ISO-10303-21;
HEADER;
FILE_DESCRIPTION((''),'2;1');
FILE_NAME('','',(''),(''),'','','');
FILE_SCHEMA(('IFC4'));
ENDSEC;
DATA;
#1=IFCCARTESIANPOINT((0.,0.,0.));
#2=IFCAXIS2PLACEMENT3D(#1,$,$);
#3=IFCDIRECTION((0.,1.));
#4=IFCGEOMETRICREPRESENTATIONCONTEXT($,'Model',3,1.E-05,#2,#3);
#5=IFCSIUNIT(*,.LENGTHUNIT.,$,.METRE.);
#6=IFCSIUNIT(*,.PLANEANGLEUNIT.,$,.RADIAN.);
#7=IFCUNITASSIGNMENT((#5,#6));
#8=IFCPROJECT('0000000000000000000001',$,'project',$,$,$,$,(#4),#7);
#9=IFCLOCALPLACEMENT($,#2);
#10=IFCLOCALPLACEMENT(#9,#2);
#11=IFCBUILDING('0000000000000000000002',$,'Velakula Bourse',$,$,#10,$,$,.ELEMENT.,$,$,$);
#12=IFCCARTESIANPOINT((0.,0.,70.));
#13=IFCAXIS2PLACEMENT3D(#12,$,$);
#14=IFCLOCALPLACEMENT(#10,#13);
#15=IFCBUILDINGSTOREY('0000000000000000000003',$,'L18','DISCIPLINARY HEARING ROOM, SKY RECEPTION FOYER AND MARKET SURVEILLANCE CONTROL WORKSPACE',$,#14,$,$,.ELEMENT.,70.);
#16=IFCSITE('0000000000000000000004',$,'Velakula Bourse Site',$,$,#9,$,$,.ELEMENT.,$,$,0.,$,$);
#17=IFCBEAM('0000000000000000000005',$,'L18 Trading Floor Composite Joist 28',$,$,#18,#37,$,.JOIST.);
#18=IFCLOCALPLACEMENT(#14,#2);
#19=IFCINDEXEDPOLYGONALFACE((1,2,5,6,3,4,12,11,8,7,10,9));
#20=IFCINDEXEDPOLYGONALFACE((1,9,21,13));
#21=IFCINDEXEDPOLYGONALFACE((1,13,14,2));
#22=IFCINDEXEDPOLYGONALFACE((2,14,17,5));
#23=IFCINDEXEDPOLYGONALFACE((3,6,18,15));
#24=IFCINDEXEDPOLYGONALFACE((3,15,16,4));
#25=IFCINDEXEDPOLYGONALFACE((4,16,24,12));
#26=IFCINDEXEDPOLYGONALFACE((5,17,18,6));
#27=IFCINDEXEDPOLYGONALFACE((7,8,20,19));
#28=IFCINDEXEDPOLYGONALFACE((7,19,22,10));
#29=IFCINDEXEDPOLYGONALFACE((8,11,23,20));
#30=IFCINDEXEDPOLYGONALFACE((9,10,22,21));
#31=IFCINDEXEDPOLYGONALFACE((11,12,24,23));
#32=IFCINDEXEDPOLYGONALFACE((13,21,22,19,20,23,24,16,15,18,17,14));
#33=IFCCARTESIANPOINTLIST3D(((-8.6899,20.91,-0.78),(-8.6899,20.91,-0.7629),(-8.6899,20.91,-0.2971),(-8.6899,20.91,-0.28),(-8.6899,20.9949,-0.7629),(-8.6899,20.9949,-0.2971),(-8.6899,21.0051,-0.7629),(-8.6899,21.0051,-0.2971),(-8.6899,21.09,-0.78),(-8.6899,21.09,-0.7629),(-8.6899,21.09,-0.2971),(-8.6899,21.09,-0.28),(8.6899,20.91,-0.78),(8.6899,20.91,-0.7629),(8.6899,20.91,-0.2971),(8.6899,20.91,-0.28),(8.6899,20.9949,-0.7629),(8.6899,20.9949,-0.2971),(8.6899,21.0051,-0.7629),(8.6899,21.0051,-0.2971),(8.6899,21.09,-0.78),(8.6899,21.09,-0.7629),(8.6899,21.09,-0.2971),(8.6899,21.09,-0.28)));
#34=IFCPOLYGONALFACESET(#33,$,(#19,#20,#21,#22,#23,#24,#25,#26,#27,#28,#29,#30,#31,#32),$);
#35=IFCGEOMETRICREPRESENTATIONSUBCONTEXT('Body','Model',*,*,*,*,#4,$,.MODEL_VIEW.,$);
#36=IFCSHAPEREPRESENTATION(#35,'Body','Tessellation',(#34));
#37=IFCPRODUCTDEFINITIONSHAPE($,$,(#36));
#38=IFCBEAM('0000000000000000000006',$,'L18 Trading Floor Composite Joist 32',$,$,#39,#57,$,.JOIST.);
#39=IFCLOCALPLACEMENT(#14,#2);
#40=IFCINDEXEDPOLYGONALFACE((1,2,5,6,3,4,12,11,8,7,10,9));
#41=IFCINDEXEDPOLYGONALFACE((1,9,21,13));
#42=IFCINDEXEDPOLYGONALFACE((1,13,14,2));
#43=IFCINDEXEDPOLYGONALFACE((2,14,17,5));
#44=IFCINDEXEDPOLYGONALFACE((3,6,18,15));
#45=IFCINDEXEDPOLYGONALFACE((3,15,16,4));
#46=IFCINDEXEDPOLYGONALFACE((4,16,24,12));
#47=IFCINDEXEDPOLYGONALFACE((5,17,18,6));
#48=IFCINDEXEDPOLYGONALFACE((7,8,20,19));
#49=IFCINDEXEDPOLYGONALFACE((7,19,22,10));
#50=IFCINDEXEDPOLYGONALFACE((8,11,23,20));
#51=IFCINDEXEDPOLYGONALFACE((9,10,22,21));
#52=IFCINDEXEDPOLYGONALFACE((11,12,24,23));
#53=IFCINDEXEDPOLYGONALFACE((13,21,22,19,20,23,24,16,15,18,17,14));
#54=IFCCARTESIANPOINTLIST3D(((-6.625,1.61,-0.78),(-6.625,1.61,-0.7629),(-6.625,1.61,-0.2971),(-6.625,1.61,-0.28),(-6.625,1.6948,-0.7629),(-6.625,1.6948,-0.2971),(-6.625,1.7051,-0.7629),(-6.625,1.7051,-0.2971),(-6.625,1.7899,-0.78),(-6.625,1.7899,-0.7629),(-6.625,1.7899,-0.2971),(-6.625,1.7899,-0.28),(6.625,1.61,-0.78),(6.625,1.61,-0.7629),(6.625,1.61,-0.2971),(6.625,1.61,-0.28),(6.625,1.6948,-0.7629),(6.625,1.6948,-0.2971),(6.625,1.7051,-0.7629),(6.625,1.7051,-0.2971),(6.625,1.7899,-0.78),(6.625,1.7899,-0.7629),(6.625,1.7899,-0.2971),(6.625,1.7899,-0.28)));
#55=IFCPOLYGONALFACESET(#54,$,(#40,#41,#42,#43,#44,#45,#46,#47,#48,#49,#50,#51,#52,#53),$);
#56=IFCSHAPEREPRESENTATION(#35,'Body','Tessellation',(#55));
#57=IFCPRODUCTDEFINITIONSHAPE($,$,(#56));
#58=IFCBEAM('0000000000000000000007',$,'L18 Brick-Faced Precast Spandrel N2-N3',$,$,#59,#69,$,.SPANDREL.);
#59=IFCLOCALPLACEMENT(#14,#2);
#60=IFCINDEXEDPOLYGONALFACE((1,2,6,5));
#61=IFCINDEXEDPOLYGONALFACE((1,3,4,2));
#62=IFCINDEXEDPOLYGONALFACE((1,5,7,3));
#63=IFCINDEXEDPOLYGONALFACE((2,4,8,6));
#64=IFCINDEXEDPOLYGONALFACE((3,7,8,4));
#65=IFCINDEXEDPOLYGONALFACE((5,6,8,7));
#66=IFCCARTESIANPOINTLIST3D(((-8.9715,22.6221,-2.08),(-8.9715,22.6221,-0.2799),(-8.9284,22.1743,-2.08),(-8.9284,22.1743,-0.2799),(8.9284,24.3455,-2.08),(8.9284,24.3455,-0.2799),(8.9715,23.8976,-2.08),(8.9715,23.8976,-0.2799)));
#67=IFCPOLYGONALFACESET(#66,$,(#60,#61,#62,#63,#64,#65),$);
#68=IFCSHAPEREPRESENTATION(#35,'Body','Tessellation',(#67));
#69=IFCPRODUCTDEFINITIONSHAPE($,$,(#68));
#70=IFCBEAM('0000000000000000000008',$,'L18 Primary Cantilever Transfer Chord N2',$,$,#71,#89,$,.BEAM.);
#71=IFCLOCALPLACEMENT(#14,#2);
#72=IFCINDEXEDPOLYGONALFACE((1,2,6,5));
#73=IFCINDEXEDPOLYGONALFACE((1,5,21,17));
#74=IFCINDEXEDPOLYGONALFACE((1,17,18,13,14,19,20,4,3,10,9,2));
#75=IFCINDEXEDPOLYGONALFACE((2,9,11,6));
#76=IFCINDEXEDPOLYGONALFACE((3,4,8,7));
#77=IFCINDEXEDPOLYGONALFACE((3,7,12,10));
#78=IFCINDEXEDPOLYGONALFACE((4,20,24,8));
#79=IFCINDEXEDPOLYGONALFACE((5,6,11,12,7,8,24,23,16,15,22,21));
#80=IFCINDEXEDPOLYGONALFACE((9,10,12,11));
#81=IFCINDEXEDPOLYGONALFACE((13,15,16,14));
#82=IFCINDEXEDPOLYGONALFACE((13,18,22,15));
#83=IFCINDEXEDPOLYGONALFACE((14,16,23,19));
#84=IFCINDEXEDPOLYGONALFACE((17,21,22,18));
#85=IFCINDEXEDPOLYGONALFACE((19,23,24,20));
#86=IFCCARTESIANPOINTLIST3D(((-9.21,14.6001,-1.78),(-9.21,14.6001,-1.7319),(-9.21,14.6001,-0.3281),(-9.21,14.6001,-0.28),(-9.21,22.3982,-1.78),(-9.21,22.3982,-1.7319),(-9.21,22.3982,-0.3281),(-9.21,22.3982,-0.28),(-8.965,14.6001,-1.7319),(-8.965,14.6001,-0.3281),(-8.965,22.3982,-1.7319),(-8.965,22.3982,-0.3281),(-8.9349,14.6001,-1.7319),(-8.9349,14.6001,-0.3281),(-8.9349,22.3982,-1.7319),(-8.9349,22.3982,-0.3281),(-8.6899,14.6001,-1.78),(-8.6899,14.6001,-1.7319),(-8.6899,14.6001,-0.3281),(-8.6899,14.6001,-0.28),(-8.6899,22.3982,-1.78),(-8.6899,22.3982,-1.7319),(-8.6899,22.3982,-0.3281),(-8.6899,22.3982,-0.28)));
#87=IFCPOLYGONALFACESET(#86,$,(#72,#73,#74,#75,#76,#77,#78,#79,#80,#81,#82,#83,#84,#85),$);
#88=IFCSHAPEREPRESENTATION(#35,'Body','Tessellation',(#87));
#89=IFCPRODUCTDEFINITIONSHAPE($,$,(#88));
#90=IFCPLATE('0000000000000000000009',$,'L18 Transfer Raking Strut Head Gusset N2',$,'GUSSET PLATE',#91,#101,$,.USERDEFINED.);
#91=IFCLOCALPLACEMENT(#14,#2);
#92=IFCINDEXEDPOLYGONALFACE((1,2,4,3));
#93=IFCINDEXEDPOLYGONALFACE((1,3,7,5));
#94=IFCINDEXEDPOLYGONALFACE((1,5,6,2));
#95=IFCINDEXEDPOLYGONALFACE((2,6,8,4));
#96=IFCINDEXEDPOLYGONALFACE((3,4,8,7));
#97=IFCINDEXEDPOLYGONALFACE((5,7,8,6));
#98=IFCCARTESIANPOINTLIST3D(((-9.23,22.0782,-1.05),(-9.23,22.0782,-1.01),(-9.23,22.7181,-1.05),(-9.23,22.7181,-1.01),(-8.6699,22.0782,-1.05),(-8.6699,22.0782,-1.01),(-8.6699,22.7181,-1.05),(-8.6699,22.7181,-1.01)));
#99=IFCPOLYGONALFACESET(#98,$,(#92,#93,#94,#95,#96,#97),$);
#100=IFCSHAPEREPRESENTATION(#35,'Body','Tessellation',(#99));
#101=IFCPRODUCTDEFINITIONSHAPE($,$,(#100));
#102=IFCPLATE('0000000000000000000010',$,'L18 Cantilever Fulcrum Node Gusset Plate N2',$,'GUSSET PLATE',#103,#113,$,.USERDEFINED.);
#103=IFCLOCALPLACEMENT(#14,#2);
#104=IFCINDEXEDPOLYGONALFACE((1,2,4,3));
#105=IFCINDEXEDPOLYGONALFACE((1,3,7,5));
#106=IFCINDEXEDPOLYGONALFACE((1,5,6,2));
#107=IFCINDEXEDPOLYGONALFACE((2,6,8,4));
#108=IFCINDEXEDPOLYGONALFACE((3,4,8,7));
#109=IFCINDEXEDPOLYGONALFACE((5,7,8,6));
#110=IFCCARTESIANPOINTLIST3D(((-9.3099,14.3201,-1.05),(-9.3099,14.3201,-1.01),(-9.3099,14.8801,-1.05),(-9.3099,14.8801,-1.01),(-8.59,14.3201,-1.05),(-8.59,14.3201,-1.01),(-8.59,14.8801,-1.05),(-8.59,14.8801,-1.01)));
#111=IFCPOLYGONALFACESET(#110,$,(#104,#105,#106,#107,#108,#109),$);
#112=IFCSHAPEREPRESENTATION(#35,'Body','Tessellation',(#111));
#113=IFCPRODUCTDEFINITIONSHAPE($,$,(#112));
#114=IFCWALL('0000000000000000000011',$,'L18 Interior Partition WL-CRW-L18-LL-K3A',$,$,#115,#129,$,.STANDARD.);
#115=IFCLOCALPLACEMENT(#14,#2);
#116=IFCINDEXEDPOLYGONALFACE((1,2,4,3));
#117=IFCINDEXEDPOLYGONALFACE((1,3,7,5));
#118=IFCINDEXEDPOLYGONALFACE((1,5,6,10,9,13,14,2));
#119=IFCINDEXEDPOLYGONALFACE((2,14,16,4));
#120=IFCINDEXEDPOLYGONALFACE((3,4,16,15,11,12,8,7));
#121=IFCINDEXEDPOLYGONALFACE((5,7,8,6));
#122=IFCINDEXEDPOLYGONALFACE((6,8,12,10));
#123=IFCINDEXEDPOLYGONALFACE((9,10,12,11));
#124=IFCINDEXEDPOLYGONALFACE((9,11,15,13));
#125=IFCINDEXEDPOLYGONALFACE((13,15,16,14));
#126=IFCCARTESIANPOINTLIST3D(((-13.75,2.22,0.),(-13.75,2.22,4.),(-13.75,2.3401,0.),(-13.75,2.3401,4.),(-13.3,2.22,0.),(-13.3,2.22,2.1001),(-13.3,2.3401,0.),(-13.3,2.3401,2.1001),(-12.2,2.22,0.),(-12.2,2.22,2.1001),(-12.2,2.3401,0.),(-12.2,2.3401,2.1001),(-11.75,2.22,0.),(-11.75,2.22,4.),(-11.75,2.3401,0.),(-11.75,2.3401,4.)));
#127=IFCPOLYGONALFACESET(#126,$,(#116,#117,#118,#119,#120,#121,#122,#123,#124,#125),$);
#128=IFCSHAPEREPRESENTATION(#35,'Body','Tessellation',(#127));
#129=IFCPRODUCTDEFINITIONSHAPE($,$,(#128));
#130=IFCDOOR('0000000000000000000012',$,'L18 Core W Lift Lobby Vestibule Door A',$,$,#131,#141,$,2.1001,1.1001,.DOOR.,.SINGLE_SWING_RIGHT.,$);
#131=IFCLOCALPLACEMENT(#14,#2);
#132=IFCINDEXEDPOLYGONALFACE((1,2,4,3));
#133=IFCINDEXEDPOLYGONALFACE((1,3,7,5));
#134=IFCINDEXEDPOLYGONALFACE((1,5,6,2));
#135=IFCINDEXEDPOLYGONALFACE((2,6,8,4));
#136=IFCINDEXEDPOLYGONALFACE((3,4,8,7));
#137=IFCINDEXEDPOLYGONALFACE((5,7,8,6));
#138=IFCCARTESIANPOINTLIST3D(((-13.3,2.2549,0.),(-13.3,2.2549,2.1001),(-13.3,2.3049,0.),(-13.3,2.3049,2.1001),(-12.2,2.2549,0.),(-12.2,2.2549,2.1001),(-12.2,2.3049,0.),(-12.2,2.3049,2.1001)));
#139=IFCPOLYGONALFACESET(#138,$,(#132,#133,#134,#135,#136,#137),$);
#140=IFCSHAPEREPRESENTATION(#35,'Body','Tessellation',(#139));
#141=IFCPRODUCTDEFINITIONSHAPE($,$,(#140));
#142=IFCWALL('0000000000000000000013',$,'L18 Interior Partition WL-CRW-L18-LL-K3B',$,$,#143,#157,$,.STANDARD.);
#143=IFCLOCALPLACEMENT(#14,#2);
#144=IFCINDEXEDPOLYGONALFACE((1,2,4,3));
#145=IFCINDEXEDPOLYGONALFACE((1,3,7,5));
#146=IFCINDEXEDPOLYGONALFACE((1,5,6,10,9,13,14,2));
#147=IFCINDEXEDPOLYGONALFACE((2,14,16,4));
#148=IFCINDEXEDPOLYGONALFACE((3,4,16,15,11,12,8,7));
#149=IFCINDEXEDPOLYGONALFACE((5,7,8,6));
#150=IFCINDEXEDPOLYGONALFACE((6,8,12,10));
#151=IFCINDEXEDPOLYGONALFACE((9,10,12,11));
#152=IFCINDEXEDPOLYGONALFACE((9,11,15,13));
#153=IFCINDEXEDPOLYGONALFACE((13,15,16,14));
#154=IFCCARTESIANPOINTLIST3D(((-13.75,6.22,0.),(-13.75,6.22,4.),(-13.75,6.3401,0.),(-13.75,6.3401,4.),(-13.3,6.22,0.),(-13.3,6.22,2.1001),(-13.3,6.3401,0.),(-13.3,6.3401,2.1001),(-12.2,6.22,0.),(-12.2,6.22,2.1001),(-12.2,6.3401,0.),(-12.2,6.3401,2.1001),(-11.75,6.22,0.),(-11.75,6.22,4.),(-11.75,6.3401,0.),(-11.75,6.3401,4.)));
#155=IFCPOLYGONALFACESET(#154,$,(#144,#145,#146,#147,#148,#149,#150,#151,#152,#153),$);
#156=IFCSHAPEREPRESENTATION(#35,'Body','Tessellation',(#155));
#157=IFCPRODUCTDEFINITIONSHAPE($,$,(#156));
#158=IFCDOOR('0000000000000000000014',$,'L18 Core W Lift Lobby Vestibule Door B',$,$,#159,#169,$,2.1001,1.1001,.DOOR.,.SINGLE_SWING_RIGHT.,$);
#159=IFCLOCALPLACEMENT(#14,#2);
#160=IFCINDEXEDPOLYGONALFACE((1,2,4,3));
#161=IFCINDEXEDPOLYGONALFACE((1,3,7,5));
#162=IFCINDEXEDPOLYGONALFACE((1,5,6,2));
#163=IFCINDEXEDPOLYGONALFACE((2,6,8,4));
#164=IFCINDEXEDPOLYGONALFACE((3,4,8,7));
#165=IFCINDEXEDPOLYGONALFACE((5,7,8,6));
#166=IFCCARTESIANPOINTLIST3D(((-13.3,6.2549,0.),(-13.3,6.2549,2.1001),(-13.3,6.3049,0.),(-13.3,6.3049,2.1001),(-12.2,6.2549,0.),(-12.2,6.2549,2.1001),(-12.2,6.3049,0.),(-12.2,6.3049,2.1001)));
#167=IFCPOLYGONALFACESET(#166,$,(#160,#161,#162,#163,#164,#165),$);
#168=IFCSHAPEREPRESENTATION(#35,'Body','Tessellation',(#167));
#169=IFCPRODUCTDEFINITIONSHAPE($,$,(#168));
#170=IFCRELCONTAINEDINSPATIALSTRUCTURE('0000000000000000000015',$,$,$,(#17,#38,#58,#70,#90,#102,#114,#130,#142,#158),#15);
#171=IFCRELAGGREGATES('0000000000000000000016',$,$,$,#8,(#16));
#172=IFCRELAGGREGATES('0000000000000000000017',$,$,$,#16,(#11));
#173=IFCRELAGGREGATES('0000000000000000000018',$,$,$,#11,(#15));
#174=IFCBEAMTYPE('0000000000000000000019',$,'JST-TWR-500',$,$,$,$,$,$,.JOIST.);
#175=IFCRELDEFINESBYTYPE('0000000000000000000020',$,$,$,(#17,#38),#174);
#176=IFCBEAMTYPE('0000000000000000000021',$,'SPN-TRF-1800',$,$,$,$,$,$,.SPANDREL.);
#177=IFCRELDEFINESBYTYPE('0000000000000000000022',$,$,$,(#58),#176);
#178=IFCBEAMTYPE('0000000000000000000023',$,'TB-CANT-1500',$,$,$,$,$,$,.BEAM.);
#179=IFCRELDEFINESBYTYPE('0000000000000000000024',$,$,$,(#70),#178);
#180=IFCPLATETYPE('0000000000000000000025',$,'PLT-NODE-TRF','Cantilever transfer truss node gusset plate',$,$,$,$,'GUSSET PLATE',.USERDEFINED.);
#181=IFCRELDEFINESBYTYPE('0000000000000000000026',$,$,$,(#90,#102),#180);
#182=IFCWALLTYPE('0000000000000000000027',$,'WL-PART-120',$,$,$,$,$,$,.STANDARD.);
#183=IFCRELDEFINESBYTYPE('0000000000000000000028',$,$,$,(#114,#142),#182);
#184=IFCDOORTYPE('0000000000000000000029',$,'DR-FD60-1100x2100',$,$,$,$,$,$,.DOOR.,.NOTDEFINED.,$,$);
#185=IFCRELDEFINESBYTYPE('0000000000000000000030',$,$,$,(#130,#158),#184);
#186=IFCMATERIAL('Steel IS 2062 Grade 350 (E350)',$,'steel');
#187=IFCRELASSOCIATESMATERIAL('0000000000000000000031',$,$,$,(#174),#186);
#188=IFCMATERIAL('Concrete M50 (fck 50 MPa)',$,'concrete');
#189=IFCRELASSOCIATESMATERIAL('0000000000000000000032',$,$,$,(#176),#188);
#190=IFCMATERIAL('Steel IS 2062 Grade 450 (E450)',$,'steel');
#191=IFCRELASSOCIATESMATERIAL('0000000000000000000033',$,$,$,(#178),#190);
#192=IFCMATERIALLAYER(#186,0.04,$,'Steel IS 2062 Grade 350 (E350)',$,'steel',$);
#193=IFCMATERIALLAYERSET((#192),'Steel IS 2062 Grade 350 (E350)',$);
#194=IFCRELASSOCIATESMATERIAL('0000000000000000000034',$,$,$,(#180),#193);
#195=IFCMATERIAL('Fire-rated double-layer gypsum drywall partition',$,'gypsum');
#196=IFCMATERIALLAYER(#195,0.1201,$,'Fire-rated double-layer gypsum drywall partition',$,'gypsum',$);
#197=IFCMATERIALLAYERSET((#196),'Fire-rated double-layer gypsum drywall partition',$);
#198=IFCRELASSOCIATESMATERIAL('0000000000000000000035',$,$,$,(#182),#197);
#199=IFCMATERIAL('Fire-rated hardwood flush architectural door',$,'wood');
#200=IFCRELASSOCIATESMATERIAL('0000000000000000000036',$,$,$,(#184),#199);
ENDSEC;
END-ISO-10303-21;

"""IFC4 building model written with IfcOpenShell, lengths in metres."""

from ifc_helpers import new_model, si_unit, direction, frame, frame_2d, origin, origin_2d, place, context, subcontext, project, spatial, rectangle, i_section, extrude, material, layer, layer_set, material_profile, profile_set, type_object, element, fill, save


model = new_model("IFC4")

# Units and contexts
model_context = context("Model", 3, precision=1e-05, world=origin(), true_north=direction((0.0, 1.0)))
body_context = subcontext(model_context, "Body", "Model", "MODEL_VIEW")
ifc_project = project(units=[si_unit("LENGTHUNIT", "METRE"), si_unit("PLANEANGLEUNIT", "RADIAN")], contexts=[model_context])

# Site, building, storey
site_placement = place(None, origin())
site = spatial("IfcSite", under=ifc_project, at=site_placement, Name="Velakula Bourse Site", CompositionType="ELEMENT", RefElevation=0.0)
building_placement = place(site_placement, origin())
building = spatial("IfcBuilding", under=site, at=building_placement, Name="Velakula Bourse", CompositionType="ELEMENT")
storey_placement = place(building_placement, frame((0.0, 0.0, 70.0)))
storey = spatial("IfcBuildingStorey", under=building, at=storey_placement, Name="L18", Description="DISCIPLINARY HEARING ROOM, SKY RECEPTION FOYER AND MARKET SURVEILLANCE CONTROL WORKSPACE", CompositionType="ELEMENT", Elevation=70.0)

# Shared definitions
ifc_material_1 = material(Name="Steel IS 2062 Grade 450 (E450)", Category="steel")

# Beams
ifc_material_2 = material(Name="Steel IS 2062 Grade 350 (E350)", Category="steel")
ifc_material_profile_1 = material_profile(ifc_material_2, i_section(OverallWidth=0.1799, OverallDepth=0.5, WebThickness=0.0103, FlangeThickness=0.0171, at=origin_2d()), Name="Steel IS 2062 Grade 350 (E350)")
ifc_profile_set_1 = profile_set([ifc_material_profile_1], Name="Steel IS 2062 Grade 350 (E350)")
beam_type_1 = type_object("IfcBeamType", Name="JST-TWR-500", PredefinedType="JOIST", material=ifc_profile_set_1)
for number, where, z_axis, x_axis, name in (
    (1, (-8.6899, 21.0, -0.53), (1.0, 0.0, 0.0), (0.0, 1.0, 0.0), "L18 Trading Floor Composite Joist 28"),
):
    element("IfcBeam", number, at=place(storey_placement, frame(where, z_axis=z_axis, x_axis=x_axis)), inside=storey, type_object=beam_type_1, Name=name, PredefinedType="JOIST", context=body_context, shape_type="SweptSolid", body=[
        extrude(i_section(OverallWidth=0.1799, OverallDepth=0.5, WebThickness=0.0103, FlangeThickness=0.0171, at=origin_2d()), origin(), (0.0, 0.0, 1.0), 17.3799),
    ])
beam_1_placement = place(storey_placement, frame((-6.625, 1.7, -0.53), z_axis=(1.0, 0.0, 0.0), x_axis=(0.0, 1.0, 0.0)))
element("IfcBeam", 2, at=beam_1_placement, inside=storey, type_object=beam_type_1, Name="L18 Trading Floor Composite Joist 32", PredefinedType="JOIST", context=body_context, shape_type="SweptSolid", body=[
    extrude(i_section(OverallWidth=0.1799, OverallDepth=0.5, WebThickness=0.0103, FlangeThickness=0.0171, at=origin_2d()), origin(), (0.0, 0.0, 1.0), 13.25),
])
ifc_material_3 = material(Name="Concrete M50 (fck 50 MPa)", Category="concrete")
ifc_material_profile_2 = material_profile(ifc_material_3, rectangle(XDim=0.45, YDim=1.8, at=origin_2d()), Name="Concrete M50 (fck 50 MPa)")
ifc_profile_set_2 = profile_set([ifc_material_profile_2], Name="Concrete M50 (fck 50 MPa)")
beam_type_2 = type_object("IfcBeamType", Name="SPN-TRF-1800", PredefinedType="SPANDREL", material=ifc_profile_set_2)
beam_2_placement = place(storey_placement, frame((-8.95, 22.3982, -1.1799), z_axis=(0.995397, 0.095836, 0.0), x_axis=(-0.095836, 0.995397, 0.0)))
element("IfcBeam", 3, at=beam_2_placement, inside=storey, type_object=beam_type_2, Name="L18 Brick-Faced Precast Spandrel N2-N3", PredefinedType="SPANDREL", context=body_context, shape_type="SweptSolid", body=[
    extrude(rectangle(XDim=0.45, YDim=1.8, at=origin_2d()), origin(), (0.0, 0.0, 1.0), 17.9827),
])
ifc_material_profile_3 = material_profile(ifc_material_1, i_section(OverallWidth=0.52, OverallDepth=1.5, WebThickness=0.03, FlangeThickness=0.0481, at=origin_2d()), Name="Steel IS 2062 Grade 450 (E450)")
ifc_profile_set_3 = profile_set([ifc_material_profile_3], Name="Steel IS 2062 Grade 450 (E450)")
beam_type_3 = type_object("IfcBeamType", Name="TB-CANT-1500", PredefinedType="BEAM", material=ifc_profile_set_3)
beam_3_placement = place(storey_placement, frame((-8.95, 14.6001, -1.03), z_axis=(0.0, 1.0, 0.0), x_axis=(-1.0, 0.0, 0.0)))
element("IfcBeam", 4, at=beam_3_placement, inside=storey, type_object=beam_type_3, Name="L18 Primary Cantilever Transfer Chord N2", PredefinedType="BEAM", context=body_context, shape_type="SweptSolid", body=[
    extrude(i_section(OverallWidth=0.52, OverallDepth=1.5, WebThickness=0.03, FlangeThickness=0.0481, at=origin_2d()), origin(), (0.0, 0.0, 1.0), 7.7981),
])

# Plates
ifc_layer_1 = layer(ifc_material_2, 0.04, Name="Steel IS 2062 Grade 350 (E350)", Category="steel")
ifc_layer_set_1 = layer_set([ifc_layer_1], Name="Steel IS 2062 Grade 350 (E350)")
plate_type = type_object("IfcPlateType", Name="PLT-NODE-TRF", Description="Cantilever transfer truss node gusset plate", ElementType="GUSSET PLATE", PredefinedType="USERDEFINED", material=ifc_layer_set_1)
plate_1_placement = place(storey_placement, frame((-8.95, 22.3982, -1.05), z_axis=(0.0, 0.0, 1.0), x_axis=(0.0, 1.0, 0.0)))
element("IfcPlate", 5, at=plate_1_placement, inside=storey, type_object=plate_type, Name="L18 Transfer Raking Strut Head Gusset N2", ObjectType="GUSSET PLATE", PredefinedType="USERDEFINED", context=body_context, shape_type="SweptSolid", body=[
    extrude(rectangle(XDim=0.6399, YDim=0.5601, at=origin_2d()), origin(), (0.0, 0.0, 1.0), 0.04),
])
plate_2_placement = place(storey_placement, frame((-8.95, 14.6001, -1.05), z_axis=(0.0, 0.0, 1.0), x_axis=(0.0, 1.0, 0.0)))
element("IfcPlate", 6, at=plate_2_placement, inside=storey, type_object=plate_type, Name="L18 Cantilever Fulcrum Node Gusset Plate N2", ObjectType="GUSSET PLATE", PredefinedType="USERDEFINED", context=body_context, shape_type="SweptSolid", body=[
    extrude(rectangle(XDim=0.5601, YDim=0.72, at=origin_2d()), origin(), (0.0, 0.0, 1.0), 0.04),
])

# Walls, openings, doors
ifc_material_4 = material(Name="Fire-rated double-layer gypsum drywall partition", Category="gypsum")
ifc_layer_2 = layer(ifc_material_4, 0.1201, Name="Fire-rated double-layer gypsum drywall partition", Category="gypsum")
ifc_layer_set_2 = layer_set([ifc_layer_2], Name="Fire-rated double-layer gypsum drywall partition")
wall_type_1 = type_object("IfcWallType", Name="WL-PART-120", PredefinedType="STANDARD", material=ifc_layer_set_2)
wall_1_placement = place(storey_placement, frame((-13.75, 2.28, 0.0), z_axis=(0.0, 0.0, 1.0), x_axis=(1.0, 0.0, 0.0)))
wall_1 = element("IfcWall", 7, at=wall_1_placement, inside=storey, type_object=wall_type_1, Name="L18 Interior Partition WL-CRW-L18-LL-K3A", PredefinedType="STANDARD", context=body_context, shape_type="SweptSolid", body=[
    extrude(rectangle(XDim=2.0, YDim=0.1201, at=frame_2d((1.0, 0.0))), origin(), (0.0, 0.0, 1.0), 4.0),
])
opening_1_placement = place(wall_1_placement, frame((0.45, 0.0, 0.0)))
opening_1 = element("IfcOpeningElement", 8, at=opening_1_placement, cuts=wall_1, PredefinedType="OPENING", context=body_context, shape_type="SweptSolid", body=[
    extrude(rectangle(XDim=1.1001, YDim=2.1001, at=frame_2d((0.55, 1.05))), frame((0.0, 0.0701, 0.0), z_axis=(0.0, -1.0, 0.0), x_axis=(1.0, 0.0, 0.0)), (0.0, 0.0, 1.0), 0.1401),
])
ifc_material_5 = material(Name="Fire-rated hardwood flush architectural door", Category="wood")
door_type_1 = type_object("IfcDoorType", Name="DR-FD60-1100x2100", OperationType="NOTDEFINED", PredefinedType="DOOR", material=ifc_material_5)
door_1_placement = place(opening_1_placement, origin())
door_1 = element("IfcDoor", 9, at=door_1_placement, inside=storey, type_object=door_type_1, Name="L18 Core W Lift Lobby Vestibule Door A", OperationType="SINGLE_SWING_RIGHT", OverallHeight=2.1001, OverallWidth=1.1001, PredefinedType="DOOR", context=body_context, shape_type="SweptSolid", body=[
    extrude(rectangle(XDim=1.1001, YDim=2.1001, at=frame_2d((0.55, 1.05))), frame((0.0, 0.0249, 0.0), z_axis=(0.0, -1.0, 0.0), x_axis=(1.0, 0.0, 0.0)), (0.0, 0.0, 1.0), 0.05),
])
fill(opening_1, door_1)
wall_2_placement = place(storey_placement, frame((-13.75, 6.28, 0.0), z_axis=(0.0, 0.0, 1.0), x_axis=(1.0, 0.0, 0.0)))
wall_2 = element("IfcWall", 10, at=wall_2_placement, inside=storey, type_object=wall_type_1, Name="L18 Interior Partition WL-CRW-L18-LL-K3B", PredefinedType="STANDARD", context=body_context, shape_type="SweptSolid", body=[
    extrude(rectangle(XDim=2.0, YDim=0.1201, at=frame_2d((1.0, 0.0))), origin(), (0.0, 0.0, 1.0), 4.0),
])
opening_2_placement = place(wall_2_placement, frame((0.45, 0.0, 0.0)))
opening_2 = element("IfcOpeningElement", 11, at=opening_2_placement, cuts=wall_2, PredefinedType="OPENING", context=body_context, shape_type="SweptSolid", body=[
    extrude(rectangle(XDim=1.1001, YDim=2.1001, at=frame_2d((0.55, 1.05))), frame((0.0, 0.0701, 0.0), z_axis=(0.0, -1.0, 0.0), x_axis=(1.0, 0.0, 0.0)), (0.0, 0.0, 1.0), 0.1401),
])
door_2_placement = place(opening_2_placement, origin())
door_2 = element("IfcDoor", 12, at=door_2_placement, inside=storey, type_object=door_type_1, Name="L18 Core W Lift Lobby Vestibule Door B", OperationType="SINGLE_SWING_RIGHT", OverallHeight=2.1001, OverallWidth=1.1001, PredefinedType="DOOR", context=body_context, shape_type="SweptSolid", body=[
    extrude(rectangle(XDim=1.1001, YDim=2.1001, at=frame_2d((0.55, 1.05))), frame((0.0, 0.0249, 0.0), z_axis=(0.0, -1.0, 0.0), x_axis=(1.0, 0.0, 0.0)), (0.0, 0.0, 1.0), 0.05),
])
fill(opening_2, door_2)

save(model, "model.ifc")
